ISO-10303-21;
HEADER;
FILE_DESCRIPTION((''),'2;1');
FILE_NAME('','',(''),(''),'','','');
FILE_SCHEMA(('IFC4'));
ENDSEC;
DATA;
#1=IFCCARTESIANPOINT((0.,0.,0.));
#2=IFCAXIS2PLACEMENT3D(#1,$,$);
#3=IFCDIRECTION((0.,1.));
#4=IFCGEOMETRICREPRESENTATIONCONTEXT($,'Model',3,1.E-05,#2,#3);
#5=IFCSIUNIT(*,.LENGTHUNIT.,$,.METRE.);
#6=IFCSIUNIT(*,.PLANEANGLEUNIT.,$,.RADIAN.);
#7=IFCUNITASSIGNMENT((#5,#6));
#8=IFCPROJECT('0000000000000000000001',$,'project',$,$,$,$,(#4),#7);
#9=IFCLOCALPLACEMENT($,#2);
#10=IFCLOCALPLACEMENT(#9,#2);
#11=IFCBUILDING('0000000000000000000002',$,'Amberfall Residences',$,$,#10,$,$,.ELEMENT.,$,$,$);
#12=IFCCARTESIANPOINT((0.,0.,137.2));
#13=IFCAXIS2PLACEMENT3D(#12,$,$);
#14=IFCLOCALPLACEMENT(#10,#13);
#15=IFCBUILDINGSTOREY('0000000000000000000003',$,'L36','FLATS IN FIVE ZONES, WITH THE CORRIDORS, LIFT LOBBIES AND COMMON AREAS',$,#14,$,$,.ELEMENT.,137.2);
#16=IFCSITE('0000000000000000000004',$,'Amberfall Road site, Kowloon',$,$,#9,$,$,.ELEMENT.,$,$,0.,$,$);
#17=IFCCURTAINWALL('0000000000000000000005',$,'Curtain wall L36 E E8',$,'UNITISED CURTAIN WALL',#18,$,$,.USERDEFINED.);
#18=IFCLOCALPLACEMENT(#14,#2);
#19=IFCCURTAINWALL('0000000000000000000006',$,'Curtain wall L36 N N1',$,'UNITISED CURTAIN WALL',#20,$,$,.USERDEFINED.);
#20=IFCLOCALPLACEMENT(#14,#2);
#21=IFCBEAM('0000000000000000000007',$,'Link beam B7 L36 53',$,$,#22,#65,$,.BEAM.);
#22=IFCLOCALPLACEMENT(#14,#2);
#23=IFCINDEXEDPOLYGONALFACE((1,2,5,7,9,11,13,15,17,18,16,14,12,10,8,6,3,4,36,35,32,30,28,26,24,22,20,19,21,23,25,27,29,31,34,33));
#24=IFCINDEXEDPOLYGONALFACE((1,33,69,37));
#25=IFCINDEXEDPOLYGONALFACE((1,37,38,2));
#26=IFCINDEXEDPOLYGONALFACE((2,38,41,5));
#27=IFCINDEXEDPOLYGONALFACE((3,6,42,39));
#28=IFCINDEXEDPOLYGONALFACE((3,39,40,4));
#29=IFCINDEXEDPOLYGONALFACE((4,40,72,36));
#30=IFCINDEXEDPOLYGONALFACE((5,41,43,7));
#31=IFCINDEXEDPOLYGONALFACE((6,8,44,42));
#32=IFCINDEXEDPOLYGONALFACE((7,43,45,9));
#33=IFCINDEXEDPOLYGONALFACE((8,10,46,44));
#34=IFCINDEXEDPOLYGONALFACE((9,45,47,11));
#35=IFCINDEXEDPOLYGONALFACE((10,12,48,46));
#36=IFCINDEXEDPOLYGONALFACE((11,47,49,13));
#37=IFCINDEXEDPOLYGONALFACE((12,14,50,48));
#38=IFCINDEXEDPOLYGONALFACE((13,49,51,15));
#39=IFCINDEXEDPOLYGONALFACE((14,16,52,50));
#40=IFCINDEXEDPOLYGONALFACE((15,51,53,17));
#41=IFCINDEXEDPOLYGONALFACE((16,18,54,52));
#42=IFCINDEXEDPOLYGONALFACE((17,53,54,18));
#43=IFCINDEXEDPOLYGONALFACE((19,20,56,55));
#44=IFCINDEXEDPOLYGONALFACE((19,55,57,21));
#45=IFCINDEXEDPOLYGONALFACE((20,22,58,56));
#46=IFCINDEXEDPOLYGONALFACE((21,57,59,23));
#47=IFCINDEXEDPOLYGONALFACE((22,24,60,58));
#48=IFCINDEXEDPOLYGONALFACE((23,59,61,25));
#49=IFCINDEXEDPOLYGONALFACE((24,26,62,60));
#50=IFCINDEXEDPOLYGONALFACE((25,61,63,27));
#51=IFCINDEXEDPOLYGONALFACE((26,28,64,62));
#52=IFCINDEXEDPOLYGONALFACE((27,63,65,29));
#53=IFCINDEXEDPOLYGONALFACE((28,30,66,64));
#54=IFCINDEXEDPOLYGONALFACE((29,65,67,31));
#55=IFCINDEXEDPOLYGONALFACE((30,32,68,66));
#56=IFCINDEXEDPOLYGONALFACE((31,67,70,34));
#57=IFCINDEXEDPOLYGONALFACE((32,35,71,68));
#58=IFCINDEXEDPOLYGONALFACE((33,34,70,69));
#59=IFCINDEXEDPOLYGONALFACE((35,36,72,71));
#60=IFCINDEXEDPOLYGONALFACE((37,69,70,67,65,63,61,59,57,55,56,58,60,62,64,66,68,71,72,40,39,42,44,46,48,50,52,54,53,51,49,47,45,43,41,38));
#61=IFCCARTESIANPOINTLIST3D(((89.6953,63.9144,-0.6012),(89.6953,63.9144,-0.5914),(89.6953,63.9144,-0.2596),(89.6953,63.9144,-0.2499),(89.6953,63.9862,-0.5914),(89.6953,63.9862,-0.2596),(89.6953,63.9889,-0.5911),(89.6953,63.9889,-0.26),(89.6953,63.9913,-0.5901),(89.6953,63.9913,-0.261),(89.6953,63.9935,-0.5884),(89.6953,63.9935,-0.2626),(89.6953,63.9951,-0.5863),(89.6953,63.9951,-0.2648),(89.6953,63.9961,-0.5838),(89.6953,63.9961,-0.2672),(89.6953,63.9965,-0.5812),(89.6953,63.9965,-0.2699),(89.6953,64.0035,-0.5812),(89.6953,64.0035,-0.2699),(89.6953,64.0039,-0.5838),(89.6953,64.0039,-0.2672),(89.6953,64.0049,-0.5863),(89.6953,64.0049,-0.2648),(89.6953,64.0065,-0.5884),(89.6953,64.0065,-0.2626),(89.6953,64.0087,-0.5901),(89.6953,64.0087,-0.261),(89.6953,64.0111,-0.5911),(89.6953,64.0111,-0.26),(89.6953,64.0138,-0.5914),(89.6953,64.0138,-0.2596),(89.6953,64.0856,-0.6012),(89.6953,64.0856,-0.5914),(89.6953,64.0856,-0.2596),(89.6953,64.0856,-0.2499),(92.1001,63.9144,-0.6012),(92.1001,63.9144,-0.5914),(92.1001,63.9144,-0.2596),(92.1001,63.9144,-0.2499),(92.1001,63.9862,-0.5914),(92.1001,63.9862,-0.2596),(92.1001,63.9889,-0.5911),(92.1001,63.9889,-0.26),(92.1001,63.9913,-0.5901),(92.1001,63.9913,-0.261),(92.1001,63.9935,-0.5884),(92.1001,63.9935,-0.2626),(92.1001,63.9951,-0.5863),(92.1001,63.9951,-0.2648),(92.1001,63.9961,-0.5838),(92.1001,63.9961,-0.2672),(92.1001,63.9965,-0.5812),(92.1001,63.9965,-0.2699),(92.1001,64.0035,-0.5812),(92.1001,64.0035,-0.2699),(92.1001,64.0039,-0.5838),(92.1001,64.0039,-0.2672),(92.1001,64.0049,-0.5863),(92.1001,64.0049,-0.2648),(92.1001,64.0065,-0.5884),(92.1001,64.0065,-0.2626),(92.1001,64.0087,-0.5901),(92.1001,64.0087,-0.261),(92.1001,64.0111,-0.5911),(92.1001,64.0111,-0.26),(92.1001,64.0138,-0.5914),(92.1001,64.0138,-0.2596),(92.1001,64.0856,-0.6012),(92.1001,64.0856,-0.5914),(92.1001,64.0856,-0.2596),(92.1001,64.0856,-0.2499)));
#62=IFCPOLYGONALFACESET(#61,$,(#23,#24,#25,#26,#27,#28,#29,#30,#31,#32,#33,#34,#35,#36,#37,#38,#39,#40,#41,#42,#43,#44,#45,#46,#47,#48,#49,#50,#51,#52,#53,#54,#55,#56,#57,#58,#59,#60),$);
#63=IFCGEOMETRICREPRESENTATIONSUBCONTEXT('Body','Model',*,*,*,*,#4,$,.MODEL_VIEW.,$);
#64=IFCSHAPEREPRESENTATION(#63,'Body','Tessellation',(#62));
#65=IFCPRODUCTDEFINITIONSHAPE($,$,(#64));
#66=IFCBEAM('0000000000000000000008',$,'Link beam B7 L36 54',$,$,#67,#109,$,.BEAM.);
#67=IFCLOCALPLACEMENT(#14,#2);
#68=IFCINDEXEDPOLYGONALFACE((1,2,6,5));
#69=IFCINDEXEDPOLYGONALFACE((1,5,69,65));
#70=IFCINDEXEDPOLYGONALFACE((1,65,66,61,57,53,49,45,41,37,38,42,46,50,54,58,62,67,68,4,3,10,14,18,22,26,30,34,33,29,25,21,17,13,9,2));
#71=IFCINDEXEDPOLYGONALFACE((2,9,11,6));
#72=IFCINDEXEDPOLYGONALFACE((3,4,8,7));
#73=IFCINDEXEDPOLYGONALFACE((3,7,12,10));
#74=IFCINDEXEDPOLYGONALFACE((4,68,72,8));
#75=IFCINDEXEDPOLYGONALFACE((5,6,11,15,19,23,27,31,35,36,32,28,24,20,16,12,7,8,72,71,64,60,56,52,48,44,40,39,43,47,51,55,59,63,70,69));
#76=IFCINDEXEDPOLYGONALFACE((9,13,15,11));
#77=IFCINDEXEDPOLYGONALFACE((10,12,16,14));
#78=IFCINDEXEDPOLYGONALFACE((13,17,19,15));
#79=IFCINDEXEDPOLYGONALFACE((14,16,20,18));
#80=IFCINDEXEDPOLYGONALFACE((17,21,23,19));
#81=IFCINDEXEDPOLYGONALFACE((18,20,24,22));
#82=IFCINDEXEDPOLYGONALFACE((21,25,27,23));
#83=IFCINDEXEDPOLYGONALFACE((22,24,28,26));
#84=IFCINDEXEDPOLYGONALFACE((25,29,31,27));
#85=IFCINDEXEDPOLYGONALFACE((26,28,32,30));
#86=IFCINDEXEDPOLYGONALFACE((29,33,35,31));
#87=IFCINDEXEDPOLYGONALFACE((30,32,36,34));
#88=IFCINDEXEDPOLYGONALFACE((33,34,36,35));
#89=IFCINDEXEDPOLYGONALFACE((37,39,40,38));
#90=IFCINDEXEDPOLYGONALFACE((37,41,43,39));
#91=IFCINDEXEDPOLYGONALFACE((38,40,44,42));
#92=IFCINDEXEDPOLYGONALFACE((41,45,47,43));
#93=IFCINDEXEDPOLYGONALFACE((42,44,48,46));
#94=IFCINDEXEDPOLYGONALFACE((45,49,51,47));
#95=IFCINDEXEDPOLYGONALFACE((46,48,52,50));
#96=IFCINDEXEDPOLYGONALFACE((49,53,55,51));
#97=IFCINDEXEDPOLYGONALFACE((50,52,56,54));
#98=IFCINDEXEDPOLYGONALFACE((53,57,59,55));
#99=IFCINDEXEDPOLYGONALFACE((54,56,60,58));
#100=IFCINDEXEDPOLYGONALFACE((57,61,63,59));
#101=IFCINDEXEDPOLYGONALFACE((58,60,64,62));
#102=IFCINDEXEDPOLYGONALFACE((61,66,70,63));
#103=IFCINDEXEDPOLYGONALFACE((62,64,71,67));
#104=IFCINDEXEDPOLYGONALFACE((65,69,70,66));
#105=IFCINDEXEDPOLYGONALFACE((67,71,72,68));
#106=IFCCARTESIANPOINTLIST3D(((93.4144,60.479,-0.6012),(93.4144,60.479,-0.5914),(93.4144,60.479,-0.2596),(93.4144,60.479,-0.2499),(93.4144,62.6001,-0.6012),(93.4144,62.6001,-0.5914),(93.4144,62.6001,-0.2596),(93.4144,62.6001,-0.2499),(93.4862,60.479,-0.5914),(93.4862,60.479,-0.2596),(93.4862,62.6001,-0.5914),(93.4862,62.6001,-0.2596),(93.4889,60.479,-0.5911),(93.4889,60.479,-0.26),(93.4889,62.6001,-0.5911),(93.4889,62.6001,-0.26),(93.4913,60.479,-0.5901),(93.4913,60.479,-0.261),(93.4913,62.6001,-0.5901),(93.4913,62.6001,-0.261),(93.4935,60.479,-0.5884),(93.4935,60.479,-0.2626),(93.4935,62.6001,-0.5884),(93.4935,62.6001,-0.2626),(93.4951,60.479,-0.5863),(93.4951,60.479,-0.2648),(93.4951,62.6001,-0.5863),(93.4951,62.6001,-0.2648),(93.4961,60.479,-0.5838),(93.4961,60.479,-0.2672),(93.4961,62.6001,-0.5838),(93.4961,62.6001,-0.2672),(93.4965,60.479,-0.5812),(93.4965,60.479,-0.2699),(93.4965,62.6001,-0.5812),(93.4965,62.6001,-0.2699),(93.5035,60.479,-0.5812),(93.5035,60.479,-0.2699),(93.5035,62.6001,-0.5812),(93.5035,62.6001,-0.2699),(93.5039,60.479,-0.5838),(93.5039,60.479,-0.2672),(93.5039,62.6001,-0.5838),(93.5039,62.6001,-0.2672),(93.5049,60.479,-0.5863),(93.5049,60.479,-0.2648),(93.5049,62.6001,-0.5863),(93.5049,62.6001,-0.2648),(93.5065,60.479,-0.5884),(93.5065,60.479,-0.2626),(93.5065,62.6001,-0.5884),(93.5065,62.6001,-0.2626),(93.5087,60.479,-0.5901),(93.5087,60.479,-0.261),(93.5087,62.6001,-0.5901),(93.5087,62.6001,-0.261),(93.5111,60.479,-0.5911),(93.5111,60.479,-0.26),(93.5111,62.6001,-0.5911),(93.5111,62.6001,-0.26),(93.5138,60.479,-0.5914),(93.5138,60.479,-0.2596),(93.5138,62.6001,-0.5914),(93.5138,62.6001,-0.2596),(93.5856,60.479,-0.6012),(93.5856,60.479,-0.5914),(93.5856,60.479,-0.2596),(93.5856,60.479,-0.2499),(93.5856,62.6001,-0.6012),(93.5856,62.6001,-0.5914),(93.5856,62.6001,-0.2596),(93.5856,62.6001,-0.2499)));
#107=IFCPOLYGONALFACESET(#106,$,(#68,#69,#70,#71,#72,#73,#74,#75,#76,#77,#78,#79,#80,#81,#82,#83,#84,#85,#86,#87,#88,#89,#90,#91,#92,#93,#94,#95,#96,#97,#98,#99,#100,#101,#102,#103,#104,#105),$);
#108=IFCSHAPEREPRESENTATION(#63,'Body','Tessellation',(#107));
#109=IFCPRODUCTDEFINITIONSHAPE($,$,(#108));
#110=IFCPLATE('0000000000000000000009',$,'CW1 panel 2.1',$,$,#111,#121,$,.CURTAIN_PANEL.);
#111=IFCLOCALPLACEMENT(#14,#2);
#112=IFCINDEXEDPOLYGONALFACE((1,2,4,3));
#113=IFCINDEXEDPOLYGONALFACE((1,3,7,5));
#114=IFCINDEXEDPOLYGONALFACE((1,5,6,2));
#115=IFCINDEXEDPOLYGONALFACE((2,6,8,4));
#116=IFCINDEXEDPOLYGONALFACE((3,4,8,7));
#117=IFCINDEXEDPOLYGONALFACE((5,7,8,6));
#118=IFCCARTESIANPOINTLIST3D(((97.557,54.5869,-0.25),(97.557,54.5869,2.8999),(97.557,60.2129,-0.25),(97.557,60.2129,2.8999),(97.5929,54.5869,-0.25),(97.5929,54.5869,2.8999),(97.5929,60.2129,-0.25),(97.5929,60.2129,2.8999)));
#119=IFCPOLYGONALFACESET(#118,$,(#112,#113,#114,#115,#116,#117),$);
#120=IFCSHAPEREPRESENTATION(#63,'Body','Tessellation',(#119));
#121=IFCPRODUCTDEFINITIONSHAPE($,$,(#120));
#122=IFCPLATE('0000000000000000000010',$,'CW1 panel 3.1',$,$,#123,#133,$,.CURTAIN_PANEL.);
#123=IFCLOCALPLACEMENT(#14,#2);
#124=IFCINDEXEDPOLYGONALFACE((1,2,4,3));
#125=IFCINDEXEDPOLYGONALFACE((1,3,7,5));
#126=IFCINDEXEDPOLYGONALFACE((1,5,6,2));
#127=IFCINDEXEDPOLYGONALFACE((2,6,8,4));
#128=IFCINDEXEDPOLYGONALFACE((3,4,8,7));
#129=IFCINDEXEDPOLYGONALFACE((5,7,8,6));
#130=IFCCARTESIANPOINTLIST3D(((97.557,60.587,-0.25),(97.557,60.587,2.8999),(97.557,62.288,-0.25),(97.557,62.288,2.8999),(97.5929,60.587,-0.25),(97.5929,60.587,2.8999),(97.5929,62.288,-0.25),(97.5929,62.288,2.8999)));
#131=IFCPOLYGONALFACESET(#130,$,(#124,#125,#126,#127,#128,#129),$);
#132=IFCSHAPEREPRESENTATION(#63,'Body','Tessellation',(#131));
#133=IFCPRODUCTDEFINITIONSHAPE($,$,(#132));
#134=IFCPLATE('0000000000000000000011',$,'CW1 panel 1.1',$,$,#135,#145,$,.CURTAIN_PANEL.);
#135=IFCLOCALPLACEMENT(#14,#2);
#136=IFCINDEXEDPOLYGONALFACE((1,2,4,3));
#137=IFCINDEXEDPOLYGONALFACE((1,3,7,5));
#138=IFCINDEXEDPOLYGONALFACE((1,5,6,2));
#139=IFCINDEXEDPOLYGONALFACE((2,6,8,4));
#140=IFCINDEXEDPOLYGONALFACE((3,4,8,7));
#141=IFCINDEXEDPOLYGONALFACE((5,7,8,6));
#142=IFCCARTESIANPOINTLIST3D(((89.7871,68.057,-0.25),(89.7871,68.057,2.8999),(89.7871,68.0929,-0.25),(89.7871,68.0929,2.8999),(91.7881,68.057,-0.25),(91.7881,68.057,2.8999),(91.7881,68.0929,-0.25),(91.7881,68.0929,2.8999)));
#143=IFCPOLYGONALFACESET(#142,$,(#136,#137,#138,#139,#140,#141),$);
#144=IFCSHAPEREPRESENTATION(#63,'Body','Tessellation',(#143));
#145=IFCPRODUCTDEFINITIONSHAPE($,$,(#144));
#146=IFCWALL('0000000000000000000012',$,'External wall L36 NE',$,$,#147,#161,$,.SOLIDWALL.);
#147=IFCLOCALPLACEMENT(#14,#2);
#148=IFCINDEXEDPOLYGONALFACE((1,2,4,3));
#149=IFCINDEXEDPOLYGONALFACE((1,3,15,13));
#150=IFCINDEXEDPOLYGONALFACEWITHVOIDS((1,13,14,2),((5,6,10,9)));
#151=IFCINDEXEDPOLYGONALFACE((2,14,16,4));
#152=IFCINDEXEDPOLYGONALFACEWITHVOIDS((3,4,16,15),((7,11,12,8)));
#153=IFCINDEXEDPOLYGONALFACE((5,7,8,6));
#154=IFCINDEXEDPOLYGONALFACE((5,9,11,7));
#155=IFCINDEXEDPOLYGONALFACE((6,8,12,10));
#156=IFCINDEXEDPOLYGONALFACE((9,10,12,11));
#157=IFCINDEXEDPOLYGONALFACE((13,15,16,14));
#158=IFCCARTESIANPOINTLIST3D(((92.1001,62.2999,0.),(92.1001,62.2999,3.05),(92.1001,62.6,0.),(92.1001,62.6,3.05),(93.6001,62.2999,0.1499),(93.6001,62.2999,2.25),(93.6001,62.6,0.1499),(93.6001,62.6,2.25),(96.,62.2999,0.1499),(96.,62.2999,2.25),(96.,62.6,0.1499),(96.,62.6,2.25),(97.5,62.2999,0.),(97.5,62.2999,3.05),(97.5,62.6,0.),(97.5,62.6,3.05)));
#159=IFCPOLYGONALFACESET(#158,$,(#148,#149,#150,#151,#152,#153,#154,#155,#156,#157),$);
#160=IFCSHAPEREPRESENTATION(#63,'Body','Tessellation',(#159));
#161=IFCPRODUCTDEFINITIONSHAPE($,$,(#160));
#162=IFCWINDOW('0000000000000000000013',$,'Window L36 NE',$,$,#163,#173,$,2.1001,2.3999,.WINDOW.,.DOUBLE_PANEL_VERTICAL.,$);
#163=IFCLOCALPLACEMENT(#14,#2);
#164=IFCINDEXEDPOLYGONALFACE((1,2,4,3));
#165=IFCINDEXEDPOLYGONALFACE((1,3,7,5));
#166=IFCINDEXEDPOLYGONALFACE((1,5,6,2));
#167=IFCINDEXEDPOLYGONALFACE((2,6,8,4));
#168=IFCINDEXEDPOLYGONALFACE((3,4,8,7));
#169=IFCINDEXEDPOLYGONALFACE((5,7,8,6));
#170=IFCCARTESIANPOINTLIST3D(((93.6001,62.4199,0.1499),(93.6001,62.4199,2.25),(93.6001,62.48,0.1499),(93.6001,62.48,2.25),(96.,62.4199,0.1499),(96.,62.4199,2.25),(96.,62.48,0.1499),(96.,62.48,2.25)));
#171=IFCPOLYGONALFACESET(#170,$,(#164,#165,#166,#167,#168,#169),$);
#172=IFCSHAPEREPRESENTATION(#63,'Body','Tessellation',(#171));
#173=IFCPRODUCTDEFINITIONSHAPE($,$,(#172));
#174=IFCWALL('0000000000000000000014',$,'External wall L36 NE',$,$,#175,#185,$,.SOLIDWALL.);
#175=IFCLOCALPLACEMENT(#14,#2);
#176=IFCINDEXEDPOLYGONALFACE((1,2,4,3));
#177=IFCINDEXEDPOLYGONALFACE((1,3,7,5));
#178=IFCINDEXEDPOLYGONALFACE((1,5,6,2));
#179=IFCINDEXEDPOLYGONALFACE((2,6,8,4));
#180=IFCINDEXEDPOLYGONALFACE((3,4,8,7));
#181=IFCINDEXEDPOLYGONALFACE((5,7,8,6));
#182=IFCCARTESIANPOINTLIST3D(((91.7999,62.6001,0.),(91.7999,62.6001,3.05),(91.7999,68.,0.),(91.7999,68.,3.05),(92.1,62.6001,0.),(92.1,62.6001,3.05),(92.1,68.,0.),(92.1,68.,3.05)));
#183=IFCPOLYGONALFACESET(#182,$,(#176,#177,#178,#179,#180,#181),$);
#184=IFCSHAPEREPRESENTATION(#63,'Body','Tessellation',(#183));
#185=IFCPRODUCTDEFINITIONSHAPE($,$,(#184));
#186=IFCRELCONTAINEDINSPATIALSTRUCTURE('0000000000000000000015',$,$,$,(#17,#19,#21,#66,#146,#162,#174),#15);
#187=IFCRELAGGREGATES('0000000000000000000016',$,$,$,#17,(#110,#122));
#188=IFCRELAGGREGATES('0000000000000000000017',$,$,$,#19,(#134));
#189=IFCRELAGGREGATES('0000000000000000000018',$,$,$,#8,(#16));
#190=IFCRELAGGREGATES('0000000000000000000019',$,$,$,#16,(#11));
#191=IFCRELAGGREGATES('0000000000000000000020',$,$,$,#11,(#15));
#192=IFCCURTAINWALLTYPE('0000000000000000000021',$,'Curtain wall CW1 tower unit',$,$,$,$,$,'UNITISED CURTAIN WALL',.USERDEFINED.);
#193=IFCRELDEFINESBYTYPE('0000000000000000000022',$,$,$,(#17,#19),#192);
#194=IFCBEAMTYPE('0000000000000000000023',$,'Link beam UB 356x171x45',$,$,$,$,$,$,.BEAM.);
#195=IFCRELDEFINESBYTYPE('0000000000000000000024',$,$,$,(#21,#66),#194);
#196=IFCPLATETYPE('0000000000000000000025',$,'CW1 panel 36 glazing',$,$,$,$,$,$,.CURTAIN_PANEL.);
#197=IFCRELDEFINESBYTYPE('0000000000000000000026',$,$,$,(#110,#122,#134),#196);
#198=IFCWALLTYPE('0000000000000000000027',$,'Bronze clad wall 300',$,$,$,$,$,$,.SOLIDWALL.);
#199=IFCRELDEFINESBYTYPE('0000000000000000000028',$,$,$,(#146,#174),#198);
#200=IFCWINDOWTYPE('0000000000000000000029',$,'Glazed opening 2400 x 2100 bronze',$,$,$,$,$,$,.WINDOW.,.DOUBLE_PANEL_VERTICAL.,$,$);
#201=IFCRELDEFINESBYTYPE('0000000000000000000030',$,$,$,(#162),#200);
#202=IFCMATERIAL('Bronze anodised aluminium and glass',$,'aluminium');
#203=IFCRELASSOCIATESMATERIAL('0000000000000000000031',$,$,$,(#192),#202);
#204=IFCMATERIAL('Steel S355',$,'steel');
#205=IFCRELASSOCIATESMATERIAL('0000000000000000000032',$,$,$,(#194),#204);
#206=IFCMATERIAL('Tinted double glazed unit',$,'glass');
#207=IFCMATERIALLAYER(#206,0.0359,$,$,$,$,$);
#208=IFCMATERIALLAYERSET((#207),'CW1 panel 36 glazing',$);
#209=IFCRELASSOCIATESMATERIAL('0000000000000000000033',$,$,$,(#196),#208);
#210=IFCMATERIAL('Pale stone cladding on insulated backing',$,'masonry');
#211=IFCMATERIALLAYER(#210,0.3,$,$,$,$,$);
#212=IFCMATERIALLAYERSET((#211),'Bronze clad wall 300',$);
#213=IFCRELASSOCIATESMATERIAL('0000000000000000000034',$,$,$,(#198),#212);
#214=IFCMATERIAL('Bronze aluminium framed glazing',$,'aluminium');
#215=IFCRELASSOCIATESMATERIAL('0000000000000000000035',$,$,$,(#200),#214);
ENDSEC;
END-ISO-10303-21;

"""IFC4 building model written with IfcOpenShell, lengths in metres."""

from ifc_helpers import new_model, si_unit, direction, frame, frame_2d, origin, origin_2d, place, context, subcontext, project, spatial, rectangle, i_section, extrude, material, layer, layer_set, material_profile, profile_set, type_object, element, fill, aggregate, save


model = new_model("IFC4")

# Units and contexts
model_context = context("Model", 3, precision=1e-05, world=origin(), true_north=direction((0.0, 1.0)))
body_context = subcontext(model_context, "Body", "Model", "MODEL_VIEW")
ifc_project = project(units=[si_unit("LENGTHUNIT", "METRE"), si_unit("PLANEANGLEUNIT", "RADIAN")], contexts=[model_context])

# Site, building, storey
site_placement = place(None, origin())
site = spatial("IfcSite", under=ifc_project, at=site_placement, Name="Amberfall Road site, Kowloon", CompositionType="ELEMENT", RefElevation=0.0)
building_placement = place(site_placement, origin())
building = spatial("IfcBuilding", under=site, at=building_placement, Name="Amberfall Residences", CompositionType="ELEMENT")
storey_placement = place(building_placement, frame((0.0, 0.0, 137.2)))
storey = spatial("IfcBuildingStorey", under=building, at=storey_placement, Name="L36", Description="FLATS IN FIVE ZONES, WITH THE CORRIDORS, LIFT LOBBIES AND COMMON AREAS", CompositionType="ELEMENT", Elevation=137.2)

# Curtain walls
ifc_material_1 = material(Name="Bronze anodised aluminium and glass", Category="aluminium")
curtain_wall_type = type_object("IfcCurtainWallType", Name="Curtain wall CW1 tower unit", ElementType="UNITISED CURTAIN WALL", PredefinedType="USERDEFINED", material=ifc_material_1)
curtain_wall_1_placement = place(storey_placement, origin())
curtain_wall_1 = element("IfcCurtainWall", 1, at=curtain_wall_1_placement, inside=storey, type_object=curtain_wall_type, Name="Curtain wall L36 E E8", ObjectType="UNITISED CURTAIN WALL", PredefinedType="USERDEFINED")
curtain_wall_2_placement = place(storey_placement, origin())
curtain_wall_2 = element("IfcCurtainWall", 2, at=curtain_wall_2_placement, inside=storey, type_object=curtain_wall_type, Name="Curtain wall L36 N N1", ObjectType="UNITISED CURTAIN WALL", PredefinedType="USERDEFINED")

# Beams
ifc_material_2 = material(Name="Steel S355", Category="steel")
ifc_material_profile_1 = material_profile(ifc_material_2, i_section(OverallWidth=0.1711, OverallDepth=0.3513, WebThickness=0.0071, FlangeThickness=0.0098, FilletRadius=0.0103, at=origin_2d()), Name="UB 356x171x45")
ifc_profile_set_1 = profile_set([ifc_material_profile_1], Name="Steel S355")
beam_type_1 = type_object("IfcBeamType", Name="Link beam UB 356x171x45", PredefinedType="BEAM", material=ifc_profile_set_1)
beam_1_placement = place(storey_placement, frame((92.1001, 64.0, -0.4255), z_axis=(-1.0, 0.0, 0.0), x_axis=(0.0, -1.0, 0.0)))
element("IfcBeam", 3, at=beam_1_placement, inside=storey, type_object=beam_type_1, Name="Link beam B7 L36 53", PredefinedType="BEAM", context=body_context, shape_type="SweptSolid", body=[
    extrude(i_section(OverallWidth=0.1711, OverallDepth=0.3513, WebThickness=0.0071, FlangeThickness=0.0098, FilletRadius=0.0103, at=origin_2d()), origin(), (0.0, 0.0, 1.0), 2.4048),
])
beam_2_placement = place(storey_placement, frame((93.5, 62.6001, -0.4255), z_axis=(0.0, -1.0, 0.0), x_axis=(1.0, 0.0, 0.0)))
element("IfcBeam", 4, at=beam_2_placement, inside=storey, type_object=beam_type_1, Name="Link beam B7 L36 54", PredefinedType="BEAM", context=body_context, shape_type="SweptSolid", body=[
    extrude(i_section(OverallWidth=0.1711, OverallDepth=0.3513, WebThickness=0.0071, FlangeThickness=0.0098, FilletRadius=0.0103, at=origin_2d()), origin(), (0.0, 0.0, 1.0), 2.1211),
])

# Plates
ifc_material_3 = material(Name="Tinted double glazed unit", Category="glass")
ifc_layer_1 = layer(ifc_material_3, 0.0359)
ifc_layer_set_1 = layer_set([ifc_layer_1], Name="CW1 panel 36 glazing")
plate_type = type_object("IfcPlateType", Name="CW1 panel 36 glazing", PredefinedType="CURTAIN_PANEL", material=ifc_layer_set_1)
plate_1_placement = place(storey_placement, frame((97.575, 57.3999, -0.25), z_axis=(0.0, 0.0, 1.0), x_axis=(0.0, 1.0, 0.0)))
plate_1 = element("IfcPlate", 5, at=plate_1_placement, type_object=plate_type, Name="CW1 panel 2.1", PredefinedType="CURTAIN_PANEL", context=body_context, shape_type="SweptSolid", body=[
    extrude(rectangle(XDim=5.626, YDim=0.0359, at=origin_2d()), origin(), (0.0, 0.0, 1.0), 3.1499),
])
plate_2_placement = place(storey_placement, frame((97.575, 61.4375, -0.25), z_axis=(0.0, 0.0, 1.0), x_axis=(0.0, 1.0, 0.0)))
plate_2 = element("IfcPlate", 6, at=plate_2_placement, type_object=plate_type, Name="CW1 panel 3.1", PredefinedType="CURTAIN_PANEL", context=body_context, shape_type="SweptSolid", body=[
    extrude(rectangle(XDim=1.7009, YDim=0.0359, at=origin_2d()), origin(), (0.0, 0.0, 1.0), 3.1499),
])
aggregate(curtain_wall_1, [plate_1, plate_2])
plate_3_placement = place(storey_placement, frame((90.7876, 68.075, -0.25), z_axis=(0.0, 0.0, 1.0), x_axis=(-1.0, 0.0, 0.0)))
plate_3 = element("IfcPlate", 7, at=plate_3_placement, type_object=plate_type, Name="CW1 panel 1.1", PredefinedType="CURTAIN_PANEL", context=body_context, shape_type="SweptSolid", body=[
    extrude(rectangle(XDim=2.001, YDim=0.0359, at=origin_2d()), origin(), (0.0, 0.0, 1.0), 3.1499),
])
aggregate(curtain_wall_2, [plate_3])

# Wall, opening, window
ifc_material_4 = material(Name="Pale stone cladding on insulated backing", Category="masonry")
ifc_layer_2 = layer(ifc_material_4, 0.3)
ifc_layer_set_2 = layer_set([ifc_layer_2], Name="Bronze clad wall 300")
wall_type_1 = type_object("IfcWallType", Name="Bronze clad wall 300", PredefinedType="SOLIDWALL", material=ifc_layer_set_2)
wall_1_placement = place(storey_placement, frame((97.5, 62.45, 0.0), z_axis=(0.0, 0.0, 1.0), x_axis=(-1.0, 0.0, 0.0)))
wall_1 = element("IfcWall", 8, at=wall_1_placement, inside=storey, type_object=wall_type_1, Name="External wall L36 NE", PredefinedType="SOLIDWALL", context=body_context, shape_type="SweptSolid", body=[
    extrude(rectangle(XDim=5.3999, YDim=0.3, at=frame_2d((2.7, 0.0))), origin(), (0.0, 0.0, 1.0), 3.05),
])
opening_1_placement = place(wall_1_placement, frame((1.5, 0.0, 0.1499)))
opening_1 = element("IfcOpeningElement", 9, at=opening_1_placement, cuts=wall_1, PredefinedType="OPENING", context=body_context, shape_type="SweptSolid", body=[
    extrude(rectangle(XDim=2.3999, YDim=2.1001, at=frame_2d((1.2, 1.05))), frame((0.0, 0.1599, 0.0), z_axis=(0.0, -1.0, 0.0), x_axis=(1.0, 0.0, 0.0)), (0.0, 0.0, 1.0), 0.3201),
])
ifc_material_5 = material(Name="Bronze aluminium framed glazing", Category="aluminium")
window_type = type_object("IfcWindowType", Name="Glazed opening 2400 x 2100 bronze", PartitioningType="DOUBLE_PANEL_VERTICAL", PredefinedType="WINDOW", material=ifc_material_5)
window_placement = place(opening_1_placement, origin())
window = element("IfcWindow", 10, at=window_placement, inside=storey, type_object=window_type, Name="Window L36 NE", OverallHeight=2.1001, OverallWidth=2.3999, PartitioningType="DOUBLE_PANEL_VERTICAL", PredefinedType="WINDOW", context=body_context, shape_type="SweptSolid", body=[
    extrude(rectangle(XDim=2.3999, YDim=2.1001, at=frame_2d((1.2, 1.05))), frame((0.0, 0.03, 0.0), z_axis=(0.0, -1.0, 0.0), x_axis=(1.0, 0.0, 0.0)), (0.0, 0.0, 1.0), 0.0601),
])
fill(opening_1, window)

# Wall
wall_2_placement = place(storey_placement, frame((91.95, 62.6001, 0.0), z_axis=(0.0, 0.0, 1.0), x_axis=(0.0, 1.0, 0.0)))
element("IfcWall", 11, at=wall_2_placement, inside=storey, type_object=wall_type_1, Name="External wall L36 NE", PredefinedType="SOLIDWALL", context=body_context, shape_type="SweptSolid", body=[
    extrude(rectangle(XDim=5.3999, YDim=0.3, at=frame_2d((2.7, 0.0))), origin(), (0.0, 0.0, 1.0), 3.05),
])

save(model, "model.ifc")
